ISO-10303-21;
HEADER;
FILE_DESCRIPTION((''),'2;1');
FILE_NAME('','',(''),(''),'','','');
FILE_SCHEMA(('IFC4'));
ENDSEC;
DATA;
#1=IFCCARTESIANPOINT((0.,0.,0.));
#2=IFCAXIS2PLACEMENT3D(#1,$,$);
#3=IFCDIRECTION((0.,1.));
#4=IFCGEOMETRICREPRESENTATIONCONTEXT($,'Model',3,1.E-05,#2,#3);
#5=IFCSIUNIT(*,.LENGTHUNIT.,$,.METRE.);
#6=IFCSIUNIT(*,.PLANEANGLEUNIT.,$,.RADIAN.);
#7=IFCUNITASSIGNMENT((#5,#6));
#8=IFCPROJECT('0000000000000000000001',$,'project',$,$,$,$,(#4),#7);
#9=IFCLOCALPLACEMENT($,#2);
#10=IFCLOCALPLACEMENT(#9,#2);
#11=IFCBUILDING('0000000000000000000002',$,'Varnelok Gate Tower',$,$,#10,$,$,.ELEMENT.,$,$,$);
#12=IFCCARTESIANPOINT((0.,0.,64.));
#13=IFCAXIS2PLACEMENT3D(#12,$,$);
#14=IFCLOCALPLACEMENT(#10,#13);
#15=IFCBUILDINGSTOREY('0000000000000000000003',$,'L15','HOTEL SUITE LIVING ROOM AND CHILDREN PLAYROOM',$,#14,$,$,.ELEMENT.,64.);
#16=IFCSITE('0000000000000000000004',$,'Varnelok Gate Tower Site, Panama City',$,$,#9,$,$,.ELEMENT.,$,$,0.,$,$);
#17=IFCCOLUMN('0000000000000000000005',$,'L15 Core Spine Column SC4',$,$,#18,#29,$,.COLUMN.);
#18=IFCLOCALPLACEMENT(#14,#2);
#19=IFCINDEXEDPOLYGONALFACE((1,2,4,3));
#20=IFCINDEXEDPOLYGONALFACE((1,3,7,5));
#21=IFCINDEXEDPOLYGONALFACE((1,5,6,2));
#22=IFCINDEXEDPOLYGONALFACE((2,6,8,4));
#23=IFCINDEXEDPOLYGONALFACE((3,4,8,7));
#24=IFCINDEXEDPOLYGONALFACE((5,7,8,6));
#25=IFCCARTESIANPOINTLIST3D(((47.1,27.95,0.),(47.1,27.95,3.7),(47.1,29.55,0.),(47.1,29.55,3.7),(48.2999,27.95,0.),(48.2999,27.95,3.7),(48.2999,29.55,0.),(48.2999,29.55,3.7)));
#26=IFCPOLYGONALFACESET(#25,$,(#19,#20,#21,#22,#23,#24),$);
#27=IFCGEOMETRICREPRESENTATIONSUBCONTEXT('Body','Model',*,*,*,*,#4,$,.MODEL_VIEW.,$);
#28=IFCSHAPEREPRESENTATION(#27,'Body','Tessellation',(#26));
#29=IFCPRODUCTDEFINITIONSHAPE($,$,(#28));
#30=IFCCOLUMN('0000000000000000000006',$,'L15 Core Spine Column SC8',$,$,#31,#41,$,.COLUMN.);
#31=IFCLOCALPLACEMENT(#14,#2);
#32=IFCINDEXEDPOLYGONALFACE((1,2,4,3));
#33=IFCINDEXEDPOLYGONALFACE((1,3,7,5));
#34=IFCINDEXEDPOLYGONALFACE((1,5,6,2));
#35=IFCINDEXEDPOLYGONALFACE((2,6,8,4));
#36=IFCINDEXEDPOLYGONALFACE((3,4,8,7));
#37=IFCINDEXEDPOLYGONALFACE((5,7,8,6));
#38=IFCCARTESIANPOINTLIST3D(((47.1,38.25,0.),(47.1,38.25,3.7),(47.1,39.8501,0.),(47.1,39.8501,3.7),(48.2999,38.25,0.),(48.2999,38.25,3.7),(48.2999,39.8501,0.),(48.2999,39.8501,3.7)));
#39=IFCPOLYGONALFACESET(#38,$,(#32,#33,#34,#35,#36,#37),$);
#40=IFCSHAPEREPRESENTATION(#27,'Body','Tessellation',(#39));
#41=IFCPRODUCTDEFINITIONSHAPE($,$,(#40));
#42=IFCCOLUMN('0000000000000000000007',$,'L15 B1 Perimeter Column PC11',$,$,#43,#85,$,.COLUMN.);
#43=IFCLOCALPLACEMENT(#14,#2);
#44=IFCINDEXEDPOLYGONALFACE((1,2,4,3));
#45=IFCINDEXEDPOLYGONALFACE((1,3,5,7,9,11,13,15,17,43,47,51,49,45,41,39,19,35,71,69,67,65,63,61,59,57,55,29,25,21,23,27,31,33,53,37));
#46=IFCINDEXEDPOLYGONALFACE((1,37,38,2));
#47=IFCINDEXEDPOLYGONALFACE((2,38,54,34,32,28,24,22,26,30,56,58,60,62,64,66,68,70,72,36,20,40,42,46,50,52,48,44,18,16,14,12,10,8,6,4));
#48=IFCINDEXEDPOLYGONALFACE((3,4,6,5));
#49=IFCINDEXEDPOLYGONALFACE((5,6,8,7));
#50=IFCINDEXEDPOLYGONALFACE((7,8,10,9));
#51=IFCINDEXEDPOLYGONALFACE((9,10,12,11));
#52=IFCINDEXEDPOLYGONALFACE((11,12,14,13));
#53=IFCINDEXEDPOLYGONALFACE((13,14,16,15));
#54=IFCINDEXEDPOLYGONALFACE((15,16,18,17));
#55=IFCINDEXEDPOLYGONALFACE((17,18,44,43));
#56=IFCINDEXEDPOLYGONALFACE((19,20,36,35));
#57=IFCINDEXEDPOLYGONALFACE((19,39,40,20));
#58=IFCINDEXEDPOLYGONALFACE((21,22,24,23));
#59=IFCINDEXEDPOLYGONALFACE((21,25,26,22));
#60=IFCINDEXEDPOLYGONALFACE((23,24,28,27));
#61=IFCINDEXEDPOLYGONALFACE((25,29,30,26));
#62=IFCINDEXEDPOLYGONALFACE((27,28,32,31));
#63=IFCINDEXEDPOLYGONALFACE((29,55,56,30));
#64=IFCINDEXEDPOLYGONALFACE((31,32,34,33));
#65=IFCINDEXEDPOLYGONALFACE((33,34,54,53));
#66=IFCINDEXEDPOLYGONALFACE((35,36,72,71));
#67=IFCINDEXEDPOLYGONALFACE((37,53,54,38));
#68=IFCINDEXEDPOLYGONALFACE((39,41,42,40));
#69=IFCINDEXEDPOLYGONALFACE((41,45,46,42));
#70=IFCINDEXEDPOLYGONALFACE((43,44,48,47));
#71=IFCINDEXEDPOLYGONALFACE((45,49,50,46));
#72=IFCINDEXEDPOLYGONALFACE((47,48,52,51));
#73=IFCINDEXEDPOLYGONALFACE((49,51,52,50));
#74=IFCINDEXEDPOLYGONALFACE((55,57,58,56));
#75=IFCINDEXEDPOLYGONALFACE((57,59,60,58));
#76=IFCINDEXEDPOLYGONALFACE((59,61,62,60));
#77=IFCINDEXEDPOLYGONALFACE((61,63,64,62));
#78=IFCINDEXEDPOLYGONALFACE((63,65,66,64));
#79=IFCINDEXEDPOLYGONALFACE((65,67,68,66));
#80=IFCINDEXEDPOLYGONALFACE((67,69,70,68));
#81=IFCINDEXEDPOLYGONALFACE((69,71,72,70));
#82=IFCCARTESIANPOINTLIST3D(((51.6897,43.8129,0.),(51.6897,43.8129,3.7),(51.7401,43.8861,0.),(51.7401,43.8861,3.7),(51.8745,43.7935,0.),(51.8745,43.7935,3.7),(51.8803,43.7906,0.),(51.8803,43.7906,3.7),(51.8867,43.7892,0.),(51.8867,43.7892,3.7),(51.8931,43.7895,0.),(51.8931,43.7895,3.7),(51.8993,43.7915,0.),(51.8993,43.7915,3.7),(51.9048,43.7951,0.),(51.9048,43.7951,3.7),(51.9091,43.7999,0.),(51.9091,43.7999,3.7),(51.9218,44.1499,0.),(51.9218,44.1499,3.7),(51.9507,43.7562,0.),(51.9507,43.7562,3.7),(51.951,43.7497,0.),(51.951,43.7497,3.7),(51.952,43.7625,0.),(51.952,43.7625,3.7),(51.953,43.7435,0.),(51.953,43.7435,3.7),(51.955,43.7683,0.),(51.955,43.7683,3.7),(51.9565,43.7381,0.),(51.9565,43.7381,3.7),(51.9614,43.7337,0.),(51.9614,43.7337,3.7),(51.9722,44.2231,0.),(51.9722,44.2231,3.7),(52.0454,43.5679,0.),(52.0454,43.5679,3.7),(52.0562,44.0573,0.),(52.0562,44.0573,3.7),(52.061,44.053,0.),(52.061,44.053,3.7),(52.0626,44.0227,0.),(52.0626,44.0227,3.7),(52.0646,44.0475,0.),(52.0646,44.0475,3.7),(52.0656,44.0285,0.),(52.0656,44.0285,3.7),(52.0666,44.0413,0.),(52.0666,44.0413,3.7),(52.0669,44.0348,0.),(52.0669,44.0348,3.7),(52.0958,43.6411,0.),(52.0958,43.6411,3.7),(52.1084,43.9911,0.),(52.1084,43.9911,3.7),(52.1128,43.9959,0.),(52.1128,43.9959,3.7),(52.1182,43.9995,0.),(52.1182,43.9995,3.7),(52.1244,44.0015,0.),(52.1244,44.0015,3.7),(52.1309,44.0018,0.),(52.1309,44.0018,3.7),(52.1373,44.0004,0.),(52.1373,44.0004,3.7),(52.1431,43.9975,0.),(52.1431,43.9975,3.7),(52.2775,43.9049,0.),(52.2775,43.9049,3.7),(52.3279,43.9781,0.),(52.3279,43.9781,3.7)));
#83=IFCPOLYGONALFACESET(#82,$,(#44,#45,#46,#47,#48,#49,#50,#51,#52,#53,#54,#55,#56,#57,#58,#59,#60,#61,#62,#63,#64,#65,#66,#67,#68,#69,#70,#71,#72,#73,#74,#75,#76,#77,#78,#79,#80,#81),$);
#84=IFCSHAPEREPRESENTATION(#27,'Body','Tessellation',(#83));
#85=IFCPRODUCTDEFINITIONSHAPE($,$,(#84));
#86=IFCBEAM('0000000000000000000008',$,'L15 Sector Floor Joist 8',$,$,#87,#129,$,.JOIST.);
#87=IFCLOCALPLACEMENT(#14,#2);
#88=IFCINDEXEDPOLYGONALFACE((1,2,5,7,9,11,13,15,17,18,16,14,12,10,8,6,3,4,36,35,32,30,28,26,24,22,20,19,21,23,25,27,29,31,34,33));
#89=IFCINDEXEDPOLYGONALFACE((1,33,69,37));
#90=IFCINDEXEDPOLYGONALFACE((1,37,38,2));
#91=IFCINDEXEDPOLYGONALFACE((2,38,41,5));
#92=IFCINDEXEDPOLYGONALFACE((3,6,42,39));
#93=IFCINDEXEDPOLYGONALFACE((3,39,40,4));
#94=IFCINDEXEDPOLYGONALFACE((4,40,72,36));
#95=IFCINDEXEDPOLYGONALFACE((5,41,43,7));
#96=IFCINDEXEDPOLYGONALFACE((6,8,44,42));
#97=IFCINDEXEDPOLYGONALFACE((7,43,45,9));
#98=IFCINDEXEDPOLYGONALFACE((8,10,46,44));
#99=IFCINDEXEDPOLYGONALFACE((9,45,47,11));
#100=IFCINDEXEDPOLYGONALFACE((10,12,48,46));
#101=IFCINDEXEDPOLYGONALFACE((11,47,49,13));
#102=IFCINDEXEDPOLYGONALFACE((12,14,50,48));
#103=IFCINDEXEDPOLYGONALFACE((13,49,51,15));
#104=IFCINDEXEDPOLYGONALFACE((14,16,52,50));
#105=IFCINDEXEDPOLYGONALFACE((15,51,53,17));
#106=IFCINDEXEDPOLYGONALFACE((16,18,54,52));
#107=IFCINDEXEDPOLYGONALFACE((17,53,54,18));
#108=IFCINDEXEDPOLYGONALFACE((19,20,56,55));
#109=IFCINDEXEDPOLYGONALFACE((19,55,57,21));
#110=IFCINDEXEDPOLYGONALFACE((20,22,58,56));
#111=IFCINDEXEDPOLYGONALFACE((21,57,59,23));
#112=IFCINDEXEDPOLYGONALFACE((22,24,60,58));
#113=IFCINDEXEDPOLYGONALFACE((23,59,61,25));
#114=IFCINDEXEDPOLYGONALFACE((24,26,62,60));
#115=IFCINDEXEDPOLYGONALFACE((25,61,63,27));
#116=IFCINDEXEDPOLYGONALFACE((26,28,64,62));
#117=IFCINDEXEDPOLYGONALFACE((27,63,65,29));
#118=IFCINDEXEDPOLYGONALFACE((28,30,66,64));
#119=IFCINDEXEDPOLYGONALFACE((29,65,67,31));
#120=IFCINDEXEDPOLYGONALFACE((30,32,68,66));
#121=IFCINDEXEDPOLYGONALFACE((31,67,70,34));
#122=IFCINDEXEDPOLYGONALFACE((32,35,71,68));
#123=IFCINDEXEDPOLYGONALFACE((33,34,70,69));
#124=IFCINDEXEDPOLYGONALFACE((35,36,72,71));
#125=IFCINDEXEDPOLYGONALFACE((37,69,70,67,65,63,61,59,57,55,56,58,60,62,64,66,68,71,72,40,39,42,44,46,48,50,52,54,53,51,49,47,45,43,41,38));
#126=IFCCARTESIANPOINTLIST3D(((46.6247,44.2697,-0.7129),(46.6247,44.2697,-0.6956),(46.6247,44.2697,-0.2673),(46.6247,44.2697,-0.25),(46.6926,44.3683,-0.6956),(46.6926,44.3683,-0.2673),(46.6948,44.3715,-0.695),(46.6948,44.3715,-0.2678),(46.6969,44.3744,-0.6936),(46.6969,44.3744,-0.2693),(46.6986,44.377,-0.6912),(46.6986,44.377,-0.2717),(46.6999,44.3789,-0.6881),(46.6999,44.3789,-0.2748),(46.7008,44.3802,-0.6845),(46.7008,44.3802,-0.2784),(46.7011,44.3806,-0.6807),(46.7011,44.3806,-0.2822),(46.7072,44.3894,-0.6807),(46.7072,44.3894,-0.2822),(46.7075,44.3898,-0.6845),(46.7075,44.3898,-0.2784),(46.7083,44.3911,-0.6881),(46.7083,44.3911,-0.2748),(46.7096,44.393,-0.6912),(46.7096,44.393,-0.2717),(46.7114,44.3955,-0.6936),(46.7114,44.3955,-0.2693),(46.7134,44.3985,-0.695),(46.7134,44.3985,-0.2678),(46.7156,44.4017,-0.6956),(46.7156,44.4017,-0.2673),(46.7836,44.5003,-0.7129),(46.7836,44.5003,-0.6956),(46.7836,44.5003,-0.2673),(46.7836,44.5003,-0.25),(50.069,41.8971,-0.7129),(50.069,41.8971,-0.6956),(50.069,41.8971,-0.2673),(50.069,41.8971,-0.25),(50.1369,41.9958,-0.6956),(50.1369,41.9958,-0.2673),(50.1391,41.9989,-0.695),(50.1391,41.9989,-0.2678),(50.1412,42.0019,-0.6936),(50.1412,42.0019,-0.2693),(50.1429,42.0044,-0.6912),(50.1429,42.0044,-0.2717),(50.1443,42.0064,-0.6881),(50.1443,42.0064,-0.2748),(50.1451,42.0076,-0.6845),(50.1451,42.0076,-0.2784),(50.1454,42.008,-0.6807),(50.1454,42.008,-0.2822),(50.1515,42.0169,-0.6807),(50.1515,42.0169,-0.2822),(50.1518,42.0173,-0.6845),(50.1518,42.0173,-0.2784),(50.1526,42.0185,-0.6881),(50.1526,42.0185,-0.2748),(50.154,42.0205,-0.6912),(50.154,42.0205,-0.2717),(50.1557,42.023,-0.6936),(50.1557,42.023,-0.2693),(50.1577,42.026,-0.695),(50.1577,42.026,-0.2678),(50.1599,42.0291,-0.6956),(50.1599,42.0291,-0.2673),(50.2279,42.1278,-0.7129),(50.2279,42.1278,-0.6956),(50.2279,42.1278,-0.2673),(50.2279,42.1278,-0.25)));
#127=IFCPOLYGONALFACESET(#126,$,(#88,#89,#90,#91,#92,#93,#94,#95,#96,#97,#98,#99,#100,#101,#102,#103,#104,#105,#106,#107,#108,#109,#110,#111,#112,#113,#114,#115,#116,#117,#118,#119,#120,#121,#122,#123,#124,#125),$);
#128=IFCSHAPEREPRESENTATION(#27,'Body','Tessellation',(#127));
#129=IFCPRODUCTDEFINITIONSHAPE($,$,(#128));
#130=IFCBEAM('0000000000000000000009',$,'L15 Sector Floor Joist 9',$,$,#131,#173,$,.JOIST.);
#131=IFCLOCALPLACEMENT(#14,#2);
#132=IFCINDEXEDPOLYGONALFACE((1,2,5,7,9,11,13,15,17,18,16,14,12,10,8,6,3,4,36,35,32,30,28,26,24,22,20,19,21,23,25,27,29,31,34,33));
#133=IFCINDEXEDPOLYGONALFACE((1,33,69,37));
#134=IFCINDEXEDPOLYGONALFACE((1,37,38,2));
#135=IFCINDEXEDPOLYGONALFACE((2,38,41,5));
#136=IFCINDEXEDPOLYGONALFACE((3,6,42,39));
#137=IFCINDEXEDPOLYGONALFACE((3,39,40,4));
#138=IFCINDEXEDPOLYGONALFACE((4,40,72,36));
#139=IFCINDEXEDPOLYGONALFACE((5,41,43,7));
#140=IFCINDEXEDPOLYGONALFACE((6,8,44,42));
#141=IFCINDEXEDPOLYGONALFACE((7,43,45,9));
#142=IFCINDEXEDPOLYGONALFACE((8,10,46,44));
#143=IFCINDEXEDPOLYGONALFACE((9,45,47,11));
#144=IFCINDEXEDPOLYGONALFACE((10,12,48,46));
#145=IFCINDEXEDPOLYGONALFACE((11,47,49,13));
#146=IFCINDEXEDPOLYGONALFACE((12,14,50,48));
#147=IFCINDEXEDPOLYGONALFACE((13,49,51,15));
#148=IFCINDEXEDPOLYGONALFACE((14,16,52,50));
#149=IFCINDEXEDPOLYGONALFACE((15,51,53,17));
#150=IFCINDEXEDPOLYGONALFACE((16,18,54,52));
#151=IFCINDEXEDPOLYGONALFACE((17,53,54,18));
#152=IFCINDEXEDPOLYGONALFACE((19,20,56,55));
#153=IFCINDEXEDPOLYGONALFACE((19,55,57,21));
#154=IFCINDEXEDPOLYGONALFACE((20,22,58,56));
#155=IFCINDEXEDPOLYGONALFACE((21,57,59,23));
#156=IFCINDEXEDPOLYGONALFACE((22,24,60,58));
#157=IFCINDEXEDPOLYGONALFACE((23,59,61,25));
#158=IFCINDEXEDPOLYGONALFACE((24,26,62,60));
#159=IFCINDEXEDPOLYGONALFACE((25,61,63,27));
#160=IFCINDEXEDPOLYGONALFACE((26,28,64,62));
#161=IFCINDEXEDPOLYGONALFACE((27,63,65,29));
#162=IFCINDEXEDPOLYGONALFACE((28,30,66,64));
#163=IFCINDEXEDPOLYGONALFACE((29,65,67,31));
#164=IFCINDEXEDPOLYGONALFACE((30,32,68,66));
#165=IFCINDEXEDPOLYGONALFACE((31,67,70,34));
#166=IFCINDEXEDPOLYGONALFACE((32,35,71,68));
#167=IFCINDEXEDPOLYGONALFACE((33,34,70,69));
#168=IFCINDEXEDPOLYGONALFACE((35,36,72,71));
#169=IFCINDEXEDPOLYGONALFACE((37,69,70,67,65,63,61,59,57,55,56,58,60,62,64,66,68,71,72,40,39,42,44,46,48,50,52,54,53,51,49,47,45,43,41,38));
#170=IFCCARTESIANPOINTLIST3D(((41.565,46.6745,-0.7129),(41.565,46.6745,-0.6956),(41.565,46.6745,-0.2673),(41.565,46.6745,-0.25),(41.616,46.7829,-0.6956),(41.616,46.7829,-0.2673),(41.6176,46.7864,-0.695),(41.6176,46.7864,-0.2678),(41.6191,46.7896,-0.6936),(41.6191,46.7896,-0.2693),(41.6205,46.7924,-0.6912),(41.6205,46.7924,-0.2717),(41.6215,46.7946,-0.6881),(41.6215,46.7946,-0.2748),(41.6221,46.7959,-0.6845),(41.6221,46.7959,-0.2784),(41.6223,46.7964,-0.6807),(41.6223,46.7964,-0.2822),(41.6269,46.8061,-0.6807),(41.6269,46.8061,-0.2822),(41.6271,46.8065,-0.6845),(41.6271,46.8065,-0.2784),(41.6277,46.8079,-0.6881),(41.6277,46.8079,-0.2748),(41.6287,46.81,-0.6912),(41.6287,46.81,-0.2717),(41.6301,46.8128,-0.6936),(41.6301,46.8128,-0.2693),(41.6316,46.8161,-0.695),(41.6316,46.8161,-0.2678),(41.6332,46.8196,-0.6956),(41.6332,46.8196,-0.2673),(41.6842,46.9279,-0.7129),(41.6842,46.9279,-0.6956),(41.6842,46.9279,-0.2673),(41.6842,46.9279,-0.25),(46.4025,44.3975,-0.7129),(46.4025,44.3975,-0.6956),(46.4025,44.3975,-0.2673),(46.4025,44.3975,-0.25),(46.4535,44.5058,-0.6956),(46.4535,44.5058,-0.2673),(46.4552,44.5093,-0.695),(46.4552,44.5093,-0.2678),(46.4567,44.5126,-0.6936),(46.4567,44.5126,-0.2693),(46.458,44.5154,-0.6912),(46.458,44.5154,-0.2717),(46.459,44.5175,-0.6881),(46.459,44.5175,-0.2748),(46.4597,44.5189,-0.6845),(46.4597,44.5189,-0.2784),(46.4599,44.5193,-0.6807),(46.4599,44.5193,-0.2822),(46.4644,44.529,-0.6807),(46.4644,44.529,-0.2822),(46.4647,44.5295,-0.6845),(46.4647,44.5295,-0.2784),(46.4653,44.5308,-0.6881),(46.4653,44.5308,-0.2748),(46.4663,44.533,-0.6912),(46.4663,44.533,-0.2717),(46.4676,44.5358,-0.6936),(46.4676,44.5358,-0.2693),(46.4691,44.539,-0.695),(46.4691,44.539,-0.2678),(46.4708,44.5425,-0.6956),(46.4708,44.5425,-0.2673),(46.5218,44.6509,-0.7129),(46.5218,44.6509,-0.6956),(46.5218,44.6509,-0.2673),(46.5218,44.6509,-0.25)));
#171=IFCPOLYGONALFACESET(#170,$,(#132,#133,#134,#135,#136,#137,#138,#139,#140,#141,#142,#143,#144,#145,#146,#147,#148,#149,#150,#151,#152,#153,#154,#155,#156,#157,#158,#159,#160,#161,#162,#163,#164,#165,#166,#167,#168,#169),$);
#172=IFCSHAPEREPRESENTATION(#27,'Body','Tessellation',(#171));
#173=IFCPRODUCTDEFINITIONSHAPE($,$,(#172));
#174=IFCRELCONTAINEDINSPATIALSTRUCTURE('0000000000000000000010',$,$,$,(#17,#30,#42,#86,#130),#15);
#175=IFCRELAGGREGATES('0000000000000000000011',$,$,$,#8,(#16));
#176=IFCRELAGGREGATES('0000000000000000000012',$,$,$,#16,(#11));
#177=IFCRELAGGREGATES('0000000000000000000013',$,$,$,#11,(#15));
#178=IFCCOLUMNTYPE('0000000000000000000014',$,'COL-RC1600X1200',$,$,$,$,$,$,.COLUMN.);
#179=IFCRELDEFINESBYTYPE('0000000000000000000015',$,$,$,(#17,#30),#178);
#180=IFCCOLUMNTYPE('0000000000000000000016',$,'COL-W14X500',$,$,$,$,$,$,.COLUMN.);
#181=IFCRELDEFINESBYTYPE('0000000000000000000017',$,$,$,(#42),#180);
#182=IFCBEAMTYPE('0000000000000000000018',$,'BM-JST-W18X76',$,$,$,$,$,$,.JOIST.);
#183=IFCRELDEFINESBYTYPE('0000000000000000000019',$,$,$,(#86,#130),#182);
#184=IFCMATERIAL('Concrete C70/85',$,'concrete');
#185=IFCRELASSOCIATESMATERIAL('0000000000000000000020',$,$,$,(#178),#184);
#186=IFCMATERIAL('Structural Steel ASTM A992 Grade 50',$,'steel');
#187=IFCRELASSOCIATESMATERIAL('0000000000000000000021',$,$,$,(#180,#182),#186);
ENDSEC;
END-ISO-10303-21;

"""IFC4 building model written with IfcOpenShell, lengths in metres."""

from ifc_helpers import new_model, si_unit, direction, frame, origin, origin_2d, place, context, subcontext, project, spatial, rectangle, i_section, extrude, material, material_profile, profile_set, type_object, element, save


model = new_model("IFC4")

# Units and contexts
model_context = context("Model", 3, precision=1e-05, world=origin(), true_north=direction((0.0, 1.0)))
body_context = subcontext(model_context, "Body", "Model", "MODEL_VIEW")
ifc_project = project(units=[si_unit("LENGTHUNIT", "METRE"), si_unit("PLANEANGLEUNIT", "RADIAN")], contexts=[model_context])

# Site, building, storey
site_placement = place(None, origin())
site = spatial("IfcSite", under=ifc_project, at=site_placement, Name="Varnelok Gate Tower Site, Panama City", CompositionType="ELEMENT", RefElevation=0.0)
building_placement = place(site_placement, origin())
building = spatial("IfcBuilding", under=site, at=building_placement, Name="Varnelok Gate Tower", CompositionType="ELEMENT")
storey_placement = place(building_placement, frame((0.0, 0.0, 64.0)))
storey = spatial("IfcBuildingStorey", under=building, at=storey_placement, Name="L15", Description="HOTEL SUITE LIVING ROOM AND CHILDREN PLAYROOM", CompositionType="ELEMENT", Elevation=64.0)

# Columns
ifc_material_1 = material(Name="Concrete C70/85", Category="concrete")
ifc_material_profile_1 = material_profile(ifc_material_1, rectangle(XDim=1.2, YDim=1.6001, at=origin_2d()), Name="RC1600X1200")
ifc_profile_set_1 = profile_set([ifc_material_profile_1], Name="Concrete C70/85")
column_type_1 = type_object("IfcColumnType", Name="COL-RC1600X1200", PredefinedType="COLUMN", material=ifc_profile_set_1)
for number, where, z_axis, x_axis, name in (
    (1, (47.7, 28.75, 0.0), (0.0, 0.0, 1.0), (1.0, 0.0, 0.0), "L15 Core Spine Column SC4"),
    (2, (47.7, 39.05, 0.0), (0.0, 0.0, 1.0), (1.0, 0.0, 0.0), "L15 Core Spine Column SC8"),
):
    element("IfcColumn", number, at=place(storey_placement, frame(where, z_axis=z_axis, x_axis=x_axis)), inside=storey, type_object=column_type_1, Name=name, PredefinedType="COLUMN", context=body_context, shape_type="SweptSolid", body=[
        extrude(rectangle(XDim=1.2, YDim=1.6001, at=origin_2d()), origin(), (0.0, 0.0, 1.0), 3.7),
    ])
ifc_material_2 = material(Name="Structural Steel ASTM A992 Grade 50", Category="steel")
ifc_material_profile_2 = material_profile(ifc_material_2, i_section(OverallWidth=0.4319, OverallDepth=0.498, WebThickness=0.0557, FlangeThickness=0.0889, FilletRadius=0.0249, at=origin_2d()), Name="W14X500")
ifc_profile_set_2 = profile_set([ifc_material_profile_2], Name="Structural Steel ASTM A992 Grade 50")
column_type_2 = type_object("IfcColumnType", Name="COL-W14X500", PredefinedType="COLUMN", material=ifc_profile_set_2)
column_placement = place(storey_placement, frame((52.0088, 43.8955, 0.0), z_axis=(0.0, 0.0, 1.0), x_axis=(0.823533, -0.567269, 0.0)))
element("IfcColumn", 3, at=column_placement, inside=storey, type_object=column_type_2, Name="L15 B1 Perimeter Column PC11", PredefinedType="COLUMN", context=body_context, shape_type="SweptSolid", body=[
    extrude(i_section(OverallWidth=0.4319, OverallDepth=0.498, WebThickness=0.0557, FlangeThickness=0.0889, FilletRadius=0.0249, at=origin_2d()), origin(), (0.0, 0.0, 1.0), 3.7),
])

# Beams
ifc_material_profile_3 = material_profile(ifc_material_2, i_section(OverallWidth=0.28, OverallDepth=0.4629, WebThickness=0.0107, FlangeThickness=0.0173, FilletRadius=0.0149, at=origin_2d()), Name="W18X76")
ifc_profile_set_3 = profile_set([ifc_material_profile_3], Name="Structural Steel ASTM A992 Grade 50")
beam_type_1 = type_object("IfcBeamType", Name="BM-JST-W18X76", PredefinedType="JOIST", material=ifc_profile_set_3)
beam_1_placement = place(storey_placement, frame((50.1484, 42.0125, -0.4814), z_axis=(-0.823531, 0.567272, 0.0), x_axis=(-0.567272, -0.823531, 0.0)))
element("IfcBeam", 4, at=beam_1_placement, inside=storey, type_object=beam_type_1, Name="L15 Sector Floor Joist 8", PredefinedType="JOIST", context=body_context, shape_type="SweptSolid", body=[
    extrude(i_section(OverallWidth=0.28, OverallDepth=0.4629, WebThickness=0.0107, FlangeThickness=0.0173, FilletRadius=0.0149, at=origin_2d()), origin(), (0.0, 0.0, 1.0), 4.1824),
])
beam_2_placement = place(storey_placement, frame((46.4622, 44.5242, -0.4814), z_axis=(-0.904778, 0.425883, 0.0), x_axis=(-0.425883, -0.904778, 0.0)))
element("IfcBeam", 5, at=beam_2_placement, inside=storey, type_object=beam_type_1, Name="L15 Sector Floor Joist 9", PredefinedType="JOIST", context=body_context, shape_type="SweptSolid", body=[
    extrude(i_section(OverallWidth=0.28, OverallDepth=0.4629, WebThickness=0.0107, FlangeThickness=0.0173, FilletRadius=0.0149, at=origin_2d()), origin(), (0.0, 0.0, 1.0), 5.3467),
])

save(model, "model.ifc")
